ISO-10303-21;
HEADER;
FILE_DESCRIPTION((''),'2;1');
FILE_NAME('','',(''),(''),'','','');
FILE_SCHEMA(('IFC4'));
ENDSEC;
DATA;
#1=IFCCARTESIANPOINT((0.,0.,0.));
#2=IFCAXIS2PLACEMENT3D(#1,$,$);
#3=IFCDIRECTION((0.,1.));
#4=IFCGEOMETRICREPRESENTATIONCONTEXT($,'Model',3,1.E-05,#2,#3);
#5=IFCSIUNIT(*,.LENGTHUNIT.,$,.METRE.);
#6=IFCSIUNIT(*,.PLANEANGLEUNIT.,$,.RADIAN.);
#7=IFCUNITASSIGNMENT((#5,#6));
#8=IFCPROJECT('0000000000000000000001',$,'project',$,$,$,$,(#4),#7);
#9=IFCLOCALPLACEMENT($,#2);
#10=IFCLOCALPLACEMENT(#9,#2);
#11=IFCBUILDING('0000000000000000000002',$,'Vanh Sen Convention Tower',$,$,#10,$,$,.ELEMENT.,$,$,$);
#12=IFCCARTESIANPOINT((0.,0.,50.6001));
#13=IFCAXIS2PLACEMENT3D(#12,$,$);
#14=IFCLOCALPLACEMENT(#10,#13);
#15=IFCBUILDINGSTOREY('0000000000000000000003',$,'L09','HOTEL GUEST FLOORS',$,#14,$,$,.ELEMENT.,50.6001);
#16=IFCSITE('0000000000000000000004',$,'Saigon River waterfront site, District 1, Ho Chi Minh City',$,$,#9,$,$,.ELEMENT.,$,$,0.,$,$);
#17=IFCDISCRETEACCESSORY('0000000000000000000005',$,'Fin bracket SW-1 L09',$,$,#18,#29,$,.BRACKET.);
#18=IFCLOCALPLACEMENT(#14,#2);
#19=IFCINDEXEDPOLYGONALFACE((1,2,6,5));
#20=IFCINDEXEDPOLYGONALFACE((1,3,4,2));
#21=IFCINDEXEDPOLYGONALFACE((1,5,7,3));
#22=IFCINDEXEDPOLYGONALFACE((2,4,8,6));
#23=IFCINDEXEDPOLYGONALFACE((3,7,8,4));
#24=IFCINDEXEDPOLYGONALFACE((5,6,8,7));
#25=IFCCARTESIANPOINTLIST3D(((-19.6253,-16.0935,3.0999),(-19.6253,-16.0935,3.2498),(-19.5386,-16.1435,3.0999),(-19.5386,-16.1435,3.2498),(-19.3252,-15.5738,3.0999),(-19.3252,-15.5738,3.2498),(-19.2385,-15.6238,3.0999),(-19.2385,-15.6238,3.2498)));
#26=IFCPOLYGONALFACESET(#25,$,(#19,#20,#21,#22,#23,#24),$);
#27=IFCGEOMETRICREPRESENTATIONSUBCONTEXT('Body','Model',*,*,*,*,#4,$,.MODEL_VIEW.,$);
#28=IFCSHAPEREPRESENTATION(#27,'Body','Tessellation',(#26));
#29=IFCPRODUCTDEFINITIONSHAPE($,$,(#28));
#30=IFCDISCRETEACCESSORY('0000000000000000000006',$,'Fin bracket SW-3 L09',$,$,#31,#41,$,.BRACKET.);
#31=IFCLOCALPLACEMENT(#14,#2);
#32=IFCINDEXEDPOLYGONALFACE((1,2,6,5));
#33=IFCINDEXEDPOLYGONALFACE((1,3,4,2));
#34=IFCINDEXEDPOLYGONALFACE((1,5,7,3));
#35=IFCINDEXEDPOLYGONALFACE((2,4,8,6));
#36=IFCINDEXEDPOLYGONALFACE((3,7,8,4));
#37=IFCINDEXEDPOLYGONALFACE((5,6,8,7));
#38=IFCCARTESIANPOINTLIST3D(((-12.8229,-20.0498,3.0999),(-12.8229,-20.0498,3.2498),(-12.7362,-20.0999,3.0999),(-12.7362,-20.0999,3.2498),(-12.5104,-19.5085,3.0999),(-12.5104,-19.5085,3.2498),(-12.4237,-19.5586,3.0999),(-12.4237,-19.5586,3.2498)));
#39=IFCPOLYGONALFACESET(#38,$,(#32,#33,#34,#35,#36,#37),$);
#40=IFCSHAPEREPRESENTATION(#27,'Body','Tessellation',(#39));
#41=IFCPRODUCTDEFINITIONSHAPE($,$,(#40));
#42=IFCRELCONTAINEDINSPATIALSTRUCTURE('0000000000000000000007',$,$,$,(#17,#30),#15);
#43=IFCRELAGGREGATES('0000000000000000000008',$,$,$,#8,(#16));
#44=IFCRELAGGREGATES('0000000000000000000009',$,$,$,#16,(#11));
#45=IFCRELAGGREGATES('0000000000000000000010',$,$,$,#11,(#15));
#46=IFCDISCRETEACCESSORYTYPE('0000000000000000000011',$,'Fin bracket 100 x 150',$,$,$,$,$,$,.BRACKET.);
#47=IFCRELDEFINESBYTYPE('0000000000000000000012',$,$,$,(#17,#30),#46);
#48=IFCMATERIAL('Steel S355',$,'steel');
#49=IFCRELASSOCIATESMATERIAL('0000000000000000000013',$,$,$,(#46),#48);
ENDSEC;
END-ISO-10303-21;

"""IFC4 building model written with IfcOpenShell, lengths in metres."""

from ifc_helpers import new_model, si_unit, direction, frame, origin, origin_2d, place, context, subcontext, project, spatial, rectangle, extrude, material, type_object, element, save


model = new_model("IFC4")

# Units and contexts
model_context = context("Model", 3, precision=1e-05, world=origin(), true_north=direction((0.0, 1.0)))
body_context = subcontext(model_context, "Body", "Model", "MODEL_VIEW")
ifc_project = project(units=[si_unit("LENGTHUNIT", "METRE"), si_unit("PLANEANGLEUNIT", "RADIAN")], contexts=[model_context])

# Site, building, storey
site_placement = place(None, origin())
site = spatial("IfcSite", under=ifc_project, at=site_placement, Name="Saigon River waterfront site, District 1, Ho Chi Minh City", CompositionType="ELEMENT", RefElevation=0.0)
building_placement = place(site_placement, origin())
building = spatial("IfcBuilding", under=site, at=building_placement, Name="Vanh Sen Convention Tower", CompositionType="ELEMENT")
storey_placement = place(building_placement, frame((0.0, 0.0, 50.6001)))
storey = spatial("IfcBuildingStorey", under=building, at=storey_placement, Name="L09", Description="HOTEL GUEST FLOORS", CompositionType="ELEMENT", Elevation=50.6001)

# Discrete accessories
ifc_material_1 = material(Name="Steel S355", Category="steel")
discrete_accessory_type = type_object("IfcDiscreteAccessoryType", Name="Fin bracket 100 x 150", PredefinedType="BRACKET", material=ifc_material_1)
discrete_accessory_1_placement = place(storey_placement, frame((-19.4319, -15.8586, 3.0999), z_axis=(0.0, 0.0, 1.0), x_axis=(-0.5, -0.866025, 0.0)))
element("IfcDiscreteAccessory", 1, at=discrete_accessory_1_placement, inside=storey, type_object=discrete_accessory_type, Name="Fin bracket SW-1 L09", PredefinedType="BRACKET", context=body_context, shape_type="SweptSolid", body=[
    extrude(rectangle(XDim=0.6001, YDim=0.1001, at=origin_2d()), origin(), (0.0, 0.0, 1.0), 0.1499),
])
discrete_accessory_2_placement = place(storey_placement, frame((-12.6233, -19.8042, 3.0999), z_axis=(0.0, 0.0, 1.0), x_axis=(-0.5, -0.866025, 0.0)))
element("IfcDiscreteAccessory", 2, at=discrete_accessory_2_placement, inside=storey, type_object=discrete_accessory_type, Name="Fin bracket SW-3 L09", PredefinedType="BRACKET", context=body_context, shape_type="SweptSolid", body=[
    extrude(rectangle(XDim=0.625, YDim=0.1001, at=origin_2d()), origin(), (0.0, 0.0, 1.0), 0.1499),
])

save(model, "model.ifc")
